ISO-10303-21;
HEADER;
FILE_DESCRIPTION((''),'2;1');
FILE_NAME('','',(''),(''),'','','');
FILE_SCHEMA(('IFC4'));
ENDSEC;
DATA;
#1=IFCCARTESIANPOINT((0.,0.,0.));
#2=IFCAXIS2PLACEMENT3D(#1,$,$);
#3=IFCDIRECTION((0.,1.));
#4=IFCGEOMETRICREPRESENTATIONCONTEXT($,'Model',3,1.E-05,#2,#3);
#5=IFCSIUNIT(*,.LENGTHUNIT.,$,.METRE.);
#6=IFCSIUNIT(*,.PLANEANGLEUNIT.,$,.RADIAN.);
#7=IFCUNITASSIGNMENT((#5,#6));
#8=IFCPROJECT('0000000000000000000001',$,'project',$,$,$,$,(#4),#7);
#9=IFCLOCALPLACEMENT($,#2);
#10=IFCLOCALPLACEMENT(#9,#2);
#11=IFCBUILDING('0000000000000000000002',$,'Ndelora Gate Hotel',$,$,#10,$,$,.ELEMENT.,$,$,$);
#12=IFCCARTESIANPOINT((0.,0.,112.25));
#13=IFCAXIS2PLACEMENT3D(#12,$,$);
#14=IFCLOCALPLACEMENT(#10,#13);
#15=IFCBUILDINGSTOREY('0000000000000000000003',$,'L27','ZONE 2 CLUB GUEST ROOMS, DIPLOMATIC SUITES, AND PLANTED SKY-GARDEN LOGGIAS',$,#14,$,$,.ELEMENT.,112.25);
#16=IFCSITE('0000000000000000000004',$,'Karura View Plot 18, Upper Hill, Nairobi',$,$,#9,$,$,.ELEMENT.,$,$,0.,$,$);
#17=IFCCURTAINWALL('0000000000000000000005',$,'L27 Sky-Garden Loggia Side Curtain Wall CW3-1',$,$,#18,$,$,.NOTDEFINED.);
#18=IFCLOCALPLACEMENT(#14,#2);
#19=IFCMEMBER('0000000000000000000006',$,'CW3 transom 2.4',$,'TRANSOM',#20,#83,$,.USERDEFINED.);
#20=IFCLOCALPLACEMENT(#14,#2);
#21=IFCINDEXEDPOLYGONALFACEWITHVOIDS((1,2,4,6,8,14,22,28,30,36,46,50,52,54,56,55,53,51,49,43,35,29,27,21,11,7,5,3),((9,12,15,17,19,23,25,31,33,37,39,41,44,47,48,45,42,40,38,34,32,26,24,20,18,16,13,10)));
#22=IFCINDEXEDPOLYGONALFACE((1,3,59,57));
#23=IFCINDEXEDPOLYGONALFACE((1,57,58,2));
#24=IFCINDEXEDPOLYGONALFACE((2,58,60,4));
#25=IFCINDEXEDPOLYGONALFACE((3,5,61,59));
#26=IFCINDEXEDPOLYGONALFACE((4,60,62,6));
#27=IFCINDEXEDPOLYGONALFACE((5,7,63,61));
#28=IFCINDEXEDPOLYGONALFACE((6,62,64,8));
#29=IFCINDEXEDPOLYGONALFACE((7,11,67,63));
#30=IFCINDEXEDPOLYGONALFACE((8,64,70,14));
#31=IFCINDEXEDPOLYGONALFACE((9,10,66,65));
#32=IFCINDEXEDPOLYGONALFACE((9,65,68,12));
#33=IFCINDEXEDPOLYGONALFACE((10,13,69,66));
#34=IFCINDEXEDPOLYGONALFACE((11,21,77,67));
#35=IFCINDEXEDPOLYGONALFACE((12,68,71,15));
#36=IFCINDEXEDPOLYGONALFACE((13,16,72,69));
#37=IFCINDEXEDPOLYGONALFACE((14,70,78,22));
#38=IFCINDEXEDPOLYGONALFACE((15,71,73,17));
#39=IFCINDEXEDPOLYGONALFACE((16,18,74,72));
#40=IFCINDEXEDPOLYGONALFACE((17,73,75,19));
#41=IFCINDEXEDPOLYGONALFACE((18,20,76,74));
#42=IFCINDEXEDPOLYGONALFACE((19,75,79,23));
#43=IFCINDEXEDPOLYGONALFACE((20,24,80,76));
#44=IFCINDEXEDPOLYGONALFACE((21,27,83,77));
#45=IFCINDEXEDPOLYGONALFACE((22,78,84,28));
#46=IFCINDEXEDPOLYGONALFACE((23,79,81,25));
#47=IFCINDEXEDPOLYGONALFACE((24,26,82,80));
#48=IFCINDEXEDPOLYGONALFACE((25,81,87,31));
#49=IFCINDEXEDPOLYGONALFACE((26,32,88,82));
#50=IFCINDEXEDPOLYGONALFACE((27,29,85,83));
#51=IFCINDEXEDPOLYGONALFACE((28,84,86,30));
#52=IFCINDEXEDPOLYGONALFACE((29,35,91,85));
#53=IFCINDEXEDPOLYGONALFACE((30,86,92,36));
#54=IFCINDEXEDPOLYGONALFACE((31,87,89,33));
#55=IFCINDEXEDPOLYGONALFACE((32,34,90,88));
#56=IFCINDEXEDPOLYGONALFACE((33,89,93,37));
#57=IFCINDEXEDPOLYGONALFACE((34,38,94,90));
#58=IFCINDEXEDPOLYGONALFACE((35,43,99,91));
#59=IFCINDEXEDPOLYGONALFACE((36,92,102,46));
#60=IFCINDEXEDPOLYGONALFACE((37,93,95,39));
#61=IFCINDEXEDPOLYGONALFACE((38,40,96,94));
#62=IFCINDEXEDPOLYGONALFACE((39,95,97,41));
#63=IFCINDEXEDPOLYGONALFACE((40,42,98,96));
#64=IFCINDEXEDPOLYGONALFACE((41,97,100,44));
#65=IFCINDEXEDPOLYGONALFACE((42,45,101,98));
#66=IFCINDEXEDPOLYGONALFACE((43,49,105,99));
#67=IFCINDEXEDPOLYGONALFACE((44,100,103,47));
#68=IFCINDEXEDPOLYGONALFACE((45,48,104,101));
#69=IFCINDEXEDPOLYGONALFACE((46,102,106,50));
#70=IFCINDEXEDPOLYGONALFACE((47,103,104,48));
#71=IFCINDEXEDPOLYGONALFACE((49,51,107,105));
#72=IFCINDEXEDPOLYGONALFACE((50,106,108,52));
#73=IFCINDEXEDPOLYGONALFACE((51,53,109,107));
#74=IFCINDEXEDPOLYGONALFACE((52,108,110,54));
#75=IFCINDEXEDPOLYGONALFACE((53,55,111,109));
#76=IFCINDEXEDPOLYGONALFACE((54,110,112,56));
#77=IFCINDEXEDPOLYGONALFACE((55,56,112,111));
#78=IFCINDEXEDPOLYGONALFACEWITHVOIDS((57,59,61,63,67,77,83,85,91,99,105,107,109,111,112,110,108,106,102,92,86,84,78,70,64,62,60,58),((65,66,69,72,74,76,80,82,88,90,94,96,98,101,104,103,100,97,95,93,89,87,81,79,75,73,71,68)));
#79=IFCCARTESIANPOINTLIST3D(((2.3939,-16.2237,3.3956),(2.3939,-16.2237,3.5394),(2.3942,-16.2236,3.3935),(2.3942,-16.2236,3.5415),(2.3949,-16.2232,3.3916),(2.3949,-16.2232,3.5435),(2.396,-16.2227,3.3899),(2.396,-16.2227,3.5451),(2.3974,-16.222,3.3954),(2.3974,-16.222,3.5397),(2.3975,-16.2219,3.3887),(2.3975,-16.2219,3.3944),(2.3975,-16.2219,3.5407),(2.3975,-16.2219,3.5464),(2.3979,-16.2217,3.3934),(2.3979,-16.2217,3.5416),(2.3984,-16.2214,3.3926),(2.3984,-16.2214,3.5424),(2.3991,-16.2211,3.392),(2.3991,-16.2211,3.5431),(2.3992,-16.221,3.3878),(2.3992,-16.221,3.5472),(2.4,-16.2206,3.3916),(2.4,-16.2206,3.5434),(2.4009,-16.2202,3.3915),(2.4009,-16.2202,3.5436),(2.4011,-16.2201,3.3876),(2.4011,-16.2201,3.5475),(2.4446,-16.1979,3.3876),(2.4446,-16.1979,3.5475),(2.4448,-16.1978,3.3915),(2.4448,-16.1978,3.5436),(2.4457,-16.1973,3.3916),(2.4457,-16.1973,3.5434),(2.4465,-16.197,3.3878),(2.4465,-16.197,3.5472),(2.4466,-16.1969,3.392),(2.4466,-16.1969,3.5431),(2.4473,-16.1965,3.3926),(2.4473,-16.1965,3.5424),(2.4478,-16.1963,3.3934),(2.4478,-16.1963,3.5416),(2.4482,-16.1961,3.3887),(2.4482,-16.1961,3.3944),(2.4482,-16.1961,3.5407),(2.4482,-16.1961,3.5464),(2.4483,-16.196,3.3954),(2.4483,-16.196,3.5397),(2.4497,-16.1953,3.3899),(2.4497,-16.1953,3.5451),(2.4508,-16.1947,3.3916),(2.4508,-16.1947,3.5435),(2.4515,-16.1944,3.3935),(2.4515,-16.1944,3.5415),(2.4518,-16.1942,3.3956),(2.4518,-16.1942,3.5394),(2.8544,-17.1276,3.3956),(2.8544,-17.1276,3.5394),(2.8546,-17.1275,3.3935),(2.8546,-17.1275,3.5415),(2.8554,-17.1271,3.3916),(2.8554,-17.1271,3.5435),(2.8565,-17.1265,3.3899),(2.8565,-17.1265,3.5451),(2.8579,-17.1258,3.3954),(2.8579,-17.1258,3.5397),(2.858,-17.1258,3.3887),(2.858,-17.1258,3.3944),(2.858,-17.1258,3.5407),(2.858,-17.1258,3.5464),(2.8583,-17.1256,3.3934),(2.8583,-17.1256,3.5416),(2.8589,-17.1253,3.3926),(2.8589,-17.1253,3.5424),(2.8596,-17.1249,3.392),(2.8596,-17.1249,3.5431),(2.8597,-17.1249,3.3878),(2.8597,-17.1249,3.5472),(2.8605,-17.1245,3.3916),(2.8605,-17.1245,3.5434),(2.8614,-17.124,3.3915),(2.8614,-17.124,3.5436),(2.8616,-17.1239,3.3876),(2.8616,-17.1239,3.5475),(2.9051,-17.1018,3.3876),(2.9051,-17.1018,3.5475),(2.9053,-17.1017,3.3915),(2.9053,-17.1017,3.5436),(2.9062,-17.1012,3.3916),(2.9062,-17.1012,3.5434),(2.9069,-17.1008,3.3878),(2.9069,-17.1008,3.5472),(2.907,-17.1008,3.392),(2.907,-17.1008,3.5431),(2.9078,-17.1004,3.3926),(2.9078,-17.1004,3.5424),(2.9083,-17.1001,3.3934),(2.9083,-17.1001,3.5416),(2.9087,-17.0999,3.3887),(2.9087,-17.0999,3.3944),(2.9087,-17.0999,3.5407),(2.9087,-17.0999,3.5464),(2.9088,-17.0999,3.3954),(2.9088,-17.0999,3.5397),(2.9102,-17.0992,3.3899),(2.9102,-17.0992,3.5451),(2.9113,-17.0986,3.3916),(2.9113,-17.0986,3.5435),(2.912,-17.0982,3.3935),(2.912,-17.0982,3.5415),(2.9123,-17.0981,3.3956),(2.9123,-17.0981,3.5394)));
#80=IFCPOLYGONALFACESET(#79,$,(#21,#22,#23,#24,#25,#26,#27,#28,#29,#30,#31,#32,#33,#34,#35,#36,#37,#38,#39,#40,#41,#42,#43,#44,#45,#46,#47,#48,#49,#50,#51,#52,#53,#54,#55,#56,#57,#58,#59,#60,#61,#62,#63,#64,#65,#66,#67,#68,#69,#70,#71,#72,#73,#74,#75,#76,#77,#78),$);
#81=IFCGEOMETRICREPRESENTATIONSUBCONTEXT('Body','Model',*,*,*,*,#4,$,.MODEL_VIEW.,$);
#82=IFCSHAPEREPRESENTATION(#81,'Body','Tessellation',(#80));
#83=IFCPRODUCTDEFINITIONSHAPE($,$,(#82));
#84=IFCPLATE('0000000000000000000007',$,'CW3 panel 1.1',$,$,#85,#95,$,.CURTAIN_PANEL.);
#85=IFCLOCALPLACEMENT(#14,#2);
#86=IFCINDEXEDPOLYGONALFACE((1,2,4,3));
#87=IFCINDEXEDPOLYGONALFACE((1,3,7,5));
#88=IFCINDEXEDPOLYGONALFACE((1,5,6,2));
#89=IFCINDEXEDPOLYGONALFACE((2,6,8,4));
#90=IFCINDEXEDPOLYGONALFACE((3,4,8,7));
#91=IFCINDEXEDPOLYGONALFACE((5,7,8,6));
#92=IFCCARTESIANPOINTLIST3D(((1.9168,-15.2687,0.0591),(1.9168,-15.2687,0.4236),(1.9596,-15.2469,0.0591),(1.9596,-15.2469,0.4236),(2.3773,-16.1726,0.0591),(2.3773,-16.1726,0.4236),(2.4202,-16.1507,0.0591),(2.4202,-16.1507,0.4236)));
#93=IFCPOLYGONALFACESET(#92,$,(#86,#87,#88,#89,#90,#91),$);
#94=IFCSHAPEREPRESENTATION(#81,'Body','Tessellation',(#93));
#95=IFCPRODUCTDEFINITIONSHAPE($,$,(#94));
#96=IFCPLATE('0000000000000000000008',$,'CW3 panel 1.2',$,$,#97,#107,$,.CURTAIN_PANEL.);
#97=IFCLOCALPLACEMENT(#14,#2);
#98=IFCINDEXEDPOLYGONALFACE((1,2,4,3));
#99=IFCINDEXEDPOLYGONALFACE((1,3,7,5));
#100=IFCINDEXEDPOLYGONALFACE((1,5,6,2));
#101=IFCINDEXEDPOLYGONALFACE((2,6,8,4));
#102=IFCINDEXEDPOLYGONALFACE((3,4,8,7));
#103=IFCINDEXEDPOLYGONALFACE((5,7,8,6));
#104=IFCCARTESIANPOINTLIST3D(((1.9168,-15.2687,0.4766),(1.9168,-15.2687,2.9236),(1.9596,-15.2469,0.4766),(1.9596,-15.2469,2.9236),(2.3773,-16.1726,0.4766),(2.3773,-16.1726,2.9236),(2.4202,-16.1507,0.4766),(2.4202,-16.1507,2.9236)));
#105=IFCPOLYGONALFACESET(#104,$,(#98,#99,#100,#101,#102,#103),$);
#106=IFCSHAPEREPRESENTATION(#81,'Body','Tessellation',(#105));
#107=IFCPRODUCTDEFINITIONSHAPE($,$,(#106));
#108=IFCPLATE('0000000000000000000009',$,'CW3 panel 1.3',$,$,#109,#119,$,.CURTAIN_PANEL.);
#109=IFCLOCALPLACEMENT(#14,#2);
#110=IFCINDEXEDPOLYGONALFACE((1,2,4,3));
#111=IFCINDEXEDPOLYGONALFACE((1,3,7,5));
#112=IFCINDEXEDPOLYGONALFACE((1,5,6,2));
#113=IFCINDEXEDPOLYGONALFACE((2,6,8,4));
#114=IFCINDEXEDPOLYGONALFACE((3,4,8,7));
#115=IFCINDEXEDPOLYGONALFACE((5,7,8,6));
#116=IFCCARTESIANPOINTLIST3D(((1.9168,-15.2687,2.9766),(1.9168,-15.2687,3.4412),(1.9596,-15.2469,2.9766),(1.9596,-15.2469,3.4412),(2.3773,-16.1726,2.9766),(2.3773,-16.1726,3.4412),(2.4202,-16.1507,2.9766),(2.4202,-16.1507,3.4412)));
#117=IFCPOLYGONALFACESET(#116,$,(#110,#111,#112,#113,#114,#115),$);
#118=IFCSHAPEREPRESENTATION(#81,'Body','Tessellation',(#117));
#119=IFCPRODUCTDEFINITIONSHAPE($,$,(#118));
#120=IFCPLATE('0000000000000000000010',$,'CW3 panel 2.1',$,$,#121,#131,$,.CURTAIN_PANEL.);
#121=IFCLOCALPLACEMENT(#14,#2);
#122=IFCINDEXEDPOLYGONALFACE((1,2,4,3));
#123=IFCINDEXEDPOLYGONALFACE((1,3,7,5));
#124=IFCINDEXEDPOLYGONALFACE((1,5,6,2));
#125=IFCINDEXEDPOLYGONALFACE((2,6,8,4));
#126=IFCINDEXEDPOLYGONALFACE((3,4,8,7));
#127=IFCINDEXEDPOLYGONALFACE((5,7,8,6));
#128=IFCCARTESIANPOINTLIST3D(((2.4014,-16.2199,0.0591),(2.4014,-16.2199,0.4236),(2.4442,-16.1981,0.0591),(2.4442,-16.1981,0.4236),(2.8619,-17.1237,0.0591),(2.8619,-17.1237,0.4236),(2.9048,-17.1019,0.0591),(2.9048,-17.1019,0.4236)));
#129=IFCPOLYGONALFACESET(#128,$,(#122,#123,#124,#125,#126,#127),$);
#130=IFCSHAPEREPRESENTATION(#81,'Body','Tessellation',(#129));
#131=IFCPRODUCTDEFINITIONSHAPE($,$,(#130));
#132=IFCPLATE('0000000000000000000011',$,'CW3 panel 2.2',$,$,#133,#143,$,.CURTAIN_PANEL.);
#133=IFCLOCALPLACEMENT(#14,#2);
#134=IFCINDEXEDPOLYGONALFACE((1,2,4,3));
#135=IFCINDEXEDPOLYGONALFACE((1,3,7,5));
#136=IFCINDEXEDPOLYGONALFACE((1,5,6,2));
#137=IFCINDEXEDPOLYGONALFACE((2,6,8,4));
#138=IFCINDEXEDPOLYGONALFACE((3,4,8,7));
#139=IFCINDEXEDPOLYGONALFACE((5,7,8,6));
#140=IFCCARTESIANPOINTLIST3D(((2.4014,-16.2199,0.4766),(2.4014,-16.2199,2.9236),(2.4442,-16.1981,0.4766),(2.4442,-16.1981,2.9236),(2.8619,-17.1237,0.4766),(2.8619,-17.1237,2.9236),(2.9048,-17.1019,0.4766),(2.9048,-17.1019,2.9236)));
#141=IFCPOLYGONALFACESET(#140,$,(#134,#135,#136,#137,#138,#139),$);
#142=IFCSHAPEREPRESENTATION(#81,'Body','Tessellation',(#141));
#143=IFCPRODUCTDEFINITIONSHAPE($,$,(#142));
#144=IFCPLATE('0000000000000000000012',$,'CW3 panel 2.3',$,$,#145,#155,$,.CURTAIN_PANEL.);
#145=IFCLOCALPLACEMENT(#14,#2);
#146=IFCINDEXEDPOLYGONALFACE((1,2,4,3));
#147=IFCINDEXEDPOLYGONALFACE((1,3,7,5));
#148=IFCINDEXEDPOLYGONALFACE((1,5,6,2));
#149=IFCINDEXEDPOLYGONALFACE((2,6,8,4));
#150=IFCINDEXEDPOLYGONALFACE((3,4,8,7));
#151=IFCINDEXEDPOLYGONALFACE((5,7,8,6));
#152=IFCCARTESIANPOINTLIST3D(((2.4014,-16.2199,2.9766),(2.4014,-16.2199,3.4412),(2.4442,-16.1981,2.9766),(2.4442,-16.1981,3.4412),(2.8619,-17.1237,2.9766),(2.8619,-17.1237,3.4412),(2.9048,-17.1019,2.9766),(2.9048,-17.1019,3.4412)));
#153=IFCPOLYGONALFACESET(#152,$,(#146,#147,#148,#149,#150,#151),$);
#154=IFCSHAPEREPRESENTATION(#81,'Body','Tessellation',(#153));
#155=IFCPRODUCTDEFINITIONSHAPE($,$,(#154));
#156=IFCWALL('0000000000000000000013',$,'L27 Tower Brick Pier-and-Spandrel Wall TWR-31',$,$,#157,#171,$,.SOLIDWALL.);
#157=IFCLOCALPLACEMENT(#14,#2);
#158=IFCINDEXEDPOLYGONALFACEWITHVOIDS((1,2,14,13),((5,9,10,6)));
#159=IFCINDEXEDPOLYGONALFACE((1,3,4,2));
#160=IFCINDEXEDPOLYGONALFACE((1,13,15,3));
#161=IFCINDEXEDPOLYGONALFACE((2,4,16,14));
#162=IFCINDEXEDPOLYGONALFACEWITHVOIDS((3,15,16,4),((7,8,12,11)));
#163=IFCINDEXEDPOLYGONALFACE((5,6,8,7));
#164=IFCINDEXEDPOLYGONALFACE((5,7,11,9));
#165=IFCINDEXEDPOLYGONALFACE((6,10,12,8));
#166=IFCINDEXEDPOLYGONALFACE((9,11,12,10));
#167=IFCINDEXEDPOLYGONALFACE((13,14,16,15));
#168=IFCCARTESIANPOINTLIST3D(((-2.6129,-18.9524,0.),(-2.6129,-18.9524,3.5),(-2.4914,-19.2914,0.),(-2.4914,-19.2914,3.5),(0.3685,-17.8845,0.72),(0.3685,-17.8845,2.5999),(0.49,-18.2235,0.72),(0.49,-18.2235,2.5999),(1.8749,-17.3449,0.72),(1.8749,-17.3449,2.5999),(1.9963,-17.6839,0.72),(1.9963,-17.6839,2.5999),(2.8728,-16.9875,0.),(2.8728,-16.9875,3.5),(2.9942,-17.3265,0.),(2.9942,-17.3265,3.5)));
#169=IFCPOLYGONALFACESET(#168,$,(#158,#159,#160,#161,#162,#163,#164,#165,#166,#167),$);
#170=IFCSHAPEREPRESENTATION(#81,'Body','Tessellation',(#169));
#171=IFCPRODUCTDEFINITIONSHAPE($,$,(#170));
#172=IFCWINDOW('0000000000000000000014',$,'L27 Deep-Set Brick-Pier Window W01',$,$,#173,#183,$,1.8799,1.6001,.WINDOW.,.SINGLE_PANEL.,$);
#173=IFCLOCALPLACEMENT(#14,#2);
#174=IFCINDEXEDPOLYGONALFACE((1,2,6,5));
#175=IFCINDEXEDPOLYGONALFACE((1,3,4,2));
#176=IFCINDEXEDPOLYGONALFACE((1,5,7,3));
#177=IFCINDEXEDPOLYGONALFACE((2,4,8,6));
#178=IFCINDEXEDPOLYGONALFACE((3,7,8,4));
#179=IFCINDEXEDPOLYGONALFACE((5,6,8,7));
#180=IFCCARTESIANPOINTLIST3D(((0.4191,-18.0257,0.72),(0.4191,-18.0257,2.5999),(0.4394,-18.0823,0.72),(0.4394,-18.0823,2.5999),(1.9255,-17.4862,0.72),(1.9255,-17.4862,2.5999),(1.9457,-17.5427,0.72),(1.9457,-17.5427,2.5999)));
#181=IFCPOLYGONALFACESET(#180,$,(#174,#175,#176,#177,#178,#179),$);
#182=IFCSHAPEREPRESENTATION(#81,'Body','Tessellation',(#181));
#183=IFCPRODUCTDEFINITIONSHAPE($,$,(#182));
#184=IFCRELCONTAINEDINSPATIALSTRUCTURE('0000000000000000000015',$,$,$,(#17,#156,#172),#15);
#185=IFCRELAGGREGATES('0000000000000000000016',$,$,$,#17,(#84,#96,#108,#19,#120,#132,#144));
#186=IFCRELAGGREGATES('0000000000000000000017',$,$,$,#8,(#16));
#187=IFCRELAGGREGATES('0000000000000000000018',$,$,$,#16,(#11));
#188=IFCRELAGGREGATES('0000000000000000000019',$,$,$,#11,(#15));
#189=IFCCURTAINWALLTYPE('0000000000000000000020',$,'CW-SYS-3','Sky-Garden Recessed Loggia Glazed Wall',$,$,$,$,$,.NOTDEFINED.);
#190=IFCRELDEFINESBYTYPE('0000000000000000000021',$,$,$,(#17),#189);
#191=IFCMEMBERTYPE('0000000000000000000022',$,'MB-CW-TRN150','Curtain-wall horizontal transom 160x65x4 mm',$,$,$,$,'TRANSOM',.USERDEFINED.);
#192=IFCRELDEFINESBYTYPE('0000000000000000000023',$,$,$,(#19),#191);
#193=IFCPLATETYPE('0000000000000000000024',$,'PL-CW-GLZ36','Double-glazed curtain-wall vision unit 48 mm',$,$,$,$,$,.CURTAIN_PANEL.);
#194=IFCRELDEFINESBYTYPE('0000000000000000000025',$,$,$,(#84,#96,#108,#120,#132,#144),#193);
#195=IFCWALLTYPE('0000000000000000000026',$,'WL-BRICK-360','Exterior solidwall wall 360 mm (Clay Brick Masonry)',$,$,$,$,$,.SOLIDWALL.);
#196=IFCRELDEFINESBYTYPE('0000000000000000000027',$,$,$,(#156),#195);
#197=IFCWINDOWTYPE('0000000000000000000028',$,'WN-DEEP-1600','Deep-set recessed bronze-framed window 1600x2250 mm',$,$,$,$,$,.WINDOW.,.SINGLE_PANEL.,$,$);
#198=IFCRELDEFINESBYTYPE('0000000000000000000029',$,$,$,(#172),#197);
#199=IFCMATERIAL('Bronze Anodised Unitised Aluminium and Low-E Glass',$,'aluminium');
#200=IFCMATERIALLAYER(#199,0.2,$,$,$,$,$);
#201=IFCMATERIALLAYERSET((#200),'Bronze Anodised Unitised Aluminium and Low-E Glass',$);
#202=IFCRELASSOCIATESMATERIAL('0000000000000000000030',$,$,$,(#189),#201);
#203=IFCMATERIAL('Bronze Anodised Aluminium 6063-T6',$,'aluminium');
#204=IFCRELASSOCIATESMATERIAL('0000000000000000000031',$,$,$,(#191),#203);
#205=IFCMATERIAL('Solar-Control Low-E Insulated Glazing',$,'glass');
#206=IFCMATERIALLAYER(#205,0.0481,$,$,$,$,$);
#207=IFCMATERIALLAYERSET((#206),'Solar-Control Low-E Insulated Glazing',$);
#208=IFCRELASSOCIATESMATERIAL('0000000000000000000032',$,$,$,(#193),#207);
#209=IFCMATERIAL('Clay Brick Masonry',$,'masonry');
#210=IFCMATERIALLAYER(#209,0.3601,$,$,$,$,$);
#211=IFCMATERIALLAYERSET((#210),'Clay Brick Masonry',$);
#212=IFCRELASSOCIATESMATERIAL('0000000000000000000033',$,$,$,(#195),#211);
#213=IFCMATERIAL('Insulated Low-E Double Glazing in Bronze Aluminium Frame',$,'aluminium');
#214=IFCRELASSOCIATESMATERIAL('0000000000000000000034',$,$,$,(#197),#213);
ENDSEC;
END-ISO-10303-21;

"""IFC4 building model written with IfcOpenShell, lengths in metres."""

from ifc_helpers import new_model, si_unit, direction, frame, frame_2d, origin, origin_2d, place, context, subcontext, project, spatial, rectangle, hollow_rectangle, extrude, material, layer, layer_set, material_profile, profile_set, type_object, element, fill, aggregate, save


model = new_model("IFC4")

# Units and contexts
model_context = context("Model", 3, precision=1e-05, world=origin(), true_north=direction((0.0, 1.0)))
body_context = subcontext(model_context, "Body", "Model", "MODEL_VIEW")
ifc_project = project(units=[si_unit("LENGTHUNIT", "METRE"), si_unit("PLANEANGLEUNIT", "RADIAN")], contexts=[model_context])

# Site, building, storey
site_placement = place(None, origin())
site = spatial("IfcSite", under=ifc_project, at=site_placement, Name="Karura View Plot 18, Upper Hill, Nairobi", CompositionType="ELEMENT", RefElevation=0.0)
building_placement = place(site_placement, origin())
building = spatial("IfcBuilding", under=site, at=building_placement, Name="Ndelora Gate Hotel", CompositionType="ELEMENT")
storey_placement = place(building_placement, frame((0.0, 0.0, 112.25)))
storey = spatial("IfcBuildingStorey", under=building, at=storey_placement, Name="L27", Description="ZONE 2 CLUB GUEST ROOMS, DIPLOMATIC SUITES, AND PLANTED SKY-GARDEN LOGGIAS", CompositionType="ELEMENT", Elevation=112.25)

# Curtain wall, member, plates
ifc_material_1 = material(Name="Bronze Anodised Unitised Aluminium and Low-E Glass", Category="aluminium")
ifc_layer_1 = layer(ifc_material_1, 0.2)
ifc_layer_set_1 = layer_set([ifc_layer_1], Name="Bronze Anodised Unitised Aluminium and Low-E Glass")
curtain_wall_type = type_object("IfcCurtainWallType", Name="CW-SYS-3", Description="Sky-Garden Recessed Loggia Glazed Wall", PredefinedType="NOTDEFINED", material=ifc_layer_set_1)
curtain_wall_placement = place(storey_placement, origin())
curtain_wall = element("IfcCurtainWall", 1, at=curtain_wall_placement, inside=storey, type_object=curtain_wall_type, Name="L27 Sky-Garden Loggia Side Curtain Wall CW3-1", PredefinedType="NOTDEFINED")
ifc_material_2 = material(Name="Bronze Anodised Aluminium 6063-T6", Category="aluminium")
ifc_material_profile_1 = material_profile(ifc_material_2, hollow_rectangle(XDim=0.0649, YDim=0.1599, WallThickness=0.0039, InnerFilletRadius=0.0039, OuterFilletRadius=0.0081, at=origin_2d()), Name="ALU 160x65x4")
ifc_profile_set_1 = profile_set([ifc_material_profile_1], Name="Bronze Anodised Aluminium 6063-T6")
member_type_1 = type_object("IfcMemberType", Name="MB-CW-TRN150", Description="Curtain-wall horizontal transom 160x65x4 mm", ElementType="TRANSOM", PredefinedType="USERDEFINED", material=ifc_profile_set_1)
member_1_placement = place(storey_placement, frame((2.4229, -16.209, 3.4675), z_axis=(0.45394, -0.891032, 0.0), x_axis=(0.891032, 0.45394, 0.0)))
member_1 = element("IfcMember", 2, at=member_1_placement, type_object=member_type_1, Name="CW3 transom 2.4", ObjectType="TRANSOM", PredefinedType="USERDEFINED", context=body_context, shape_type="SweptSolid", body=[
    extrude(hollow_rectangle(XDim=0.0649, YDim=0.1599, WallThickness=0.0039, InnerFilletRadius=0.0039, OuterFilletRadius=0.0081, at=origin_2d()), origin(), (0.0, 0.0, 1.0), 1.0144),
])
ifc_material_3 = material(Name="Solar-Control Low-E Insulated Glazing", Category="glass")
ifc_layer_2 = layer(ifc_material_3, 0.0481)
ifc_layer_set_2 = layer_set([ifc_layer_2], Name="Solar-Control Low-E Insulated Glazing")
plate_type = type_object("IfcPlateType", Name="PL-CW-GLZ36", Description="Double-glazed curtain-wall vision unit 48 mm", PredefinedType="CURTAIN_PANEL", material=ifc_layer_set_2)
plate_1_placement = place(storey_placement, frame((2.1685, -15.7097, 0.0591), z_axis=(0.0, 0.0, 1.0), x_axis=(0.454001, -0.891001, 0.0)))
plate_1 = element("IfcPlate", 3, at=plate_1_placement, type_object=plate_type, Name="CW3 panel 1.1", PredefinedType="CURTAIN_PANEL", context=body_context, shape_type="SweptSolid", body=[
    extrude(rectangle(XDim=1.0144, YDim=0.0481, at=origin_2d()), origin(), (0.0, 0.0, 1.0), 0.3645),
])
plate_2_placement = place(storey_placement, frame((2.1685, -15.7097, 0.4766), z_axis=(0.0, 0.0, 1.0), x_axis=(0.454001, -0.891001, 0.0)))
plate_2 = element("IfcPlate", 4, at=plate_2_placement, type_object=plate_type, Name="CW3 panel 1.2", PredefinedType="CURTAIN_PANEL", context=body_context, shape_type="SweptSolid", body=[
    extrude(rectangle(XDim=1.0144, YDim=0.0481, at=origin_2d()), origin(), (0.0, 0.0, 1.0), 2.447),
])
plate_3_placement = place(storey_placement, frame((2.1685, -15.7097, 2.9766), z_axis=(0.0, 0.0, 1.0), x_axis=(0.454001, -0.891001, 0.0)))
plate_3 = element("IfcPlate", 5, at=plate_3_placement, type_object=plate_type, Name="CW3 panel 1.3", PredefinedType="CURTAIN_PANEL", context=body_context, shape_type="SweptSolid", body=[
    extrude(rectangle(XDim=1.0144, YDim=0.0481, at=origin_2d()), origin(), (0.0, 0.0, 1.0), 0.4646),
])
plate_4_placement = place(storey_placement, frame((2.6531, -16.6609, 0.0591), z_axis=(0.0, 0.0, 1.0), x_axis=(0.454001, -0.891001, 0.0)))
plate_4 = element("IfcPlate", 6, at=plate_4_placement, type_object=plate_type, Name="CW3 panel 2.1", PredefinedType="CURTAIN_PANEL", context=body_context, shape_type="SweptSolid", body=[
    extrude(rectangle(XDim=1.0144, YDim=0.0481, at=origin_2d()), origin(), (0.0, 0.0, 1.0), 0.3645),
])
plate_5_placement = place(storey_placement, frame((2.6531, -16.6609, 0.4766), z_axis=(0.0, 0.0, 1.0), x_axis=(0.454001, -0.891001, 0.0)))
plate_5 = element("IfcPlate", 7, at=plate_5_placement, type_object=plate_type, Name="CW3 panel 2.2", PredefinedType="CURTAIN_PANEL", context=body_context, shape_type="SweptSolid", body=[
    extrude(rectangle(XDim=1.0144, YDim=0.0481, at=origin_2d()), origin(), (0.0, 0.0, 1.0), 2.447),
])
plate_6_placement = place(storey_placement, frame((2.6531, -16.6609, 2.9766), z_axis=(0.0, 0.0, 1.0), x_axis=(0.454001, -0.891001, 0.0)))
plate_6 = element("IfcPlate", 8, at=plate_6_placement, type_object=plate_type, Name="CW3 panel 2.3", PredefinedType="CURTAIN_PANEL", context=body_context, shape_type="SweptSolid", body=[
    extrude(rectangle(XDim=1.0144, YDim=0.0481, at=origin_2d()), origin(), (0.0, 0.0, 1.0), 0.4646),
])
aggregate(curtain_wall, [plate_1, plate_2, plate_3, member_1, plate_4, plate_5, plate_6])

# Wall, opening, window
ifc_material_4 = material(Name="Clay Brick Masonry", Category="masonry")
ifc_layer_3 = layer(ifc_material_4, 0.3601)
ifc_layer_set_3 = layer_set([ifc_layer_3], Name="Clay Brick Masonry")
wall_type = type_object("IfcWallType", Name="WL-BRICK-360", Description="Exterior solidwall wall 360 mm (Clay Brick Masonry)", PredefinedType="SOLIDWALL", material=ifc_layer_set_3)
wall_placement = place(storey_placement, frame((2.9336, -17.157, 0.0), z_axis=(0.0, 0.0, 1.0), x_axis=(-0.941432, -0.337204, 0.0)))
wall = element("IfcWall", 9, at=wall_placement, inside=storey, type_object=wall_type, Name="L27 Tower Brick Pier-and-Spandrel Wall TWR-31", PredefinedType="SOLIDWALL", context=body_context, shape_type="SweptSolid", body=[
    extrude(rectangle(XDim=5.8269, YDim=0.3601, at=frame_2d((2.9136, 0.0))), origin(), (0.0, 0.0, 1.0), 3.5),
])
opening_placement = place(wall_placement, frame((1.0601, 0.0, 0.72)))
opening = element("IfcOpeningElement", 10, at=opening_placement, cuts=wall, PredefinedType="OPENING", context=body_context, shape_type="SweptSolid", body=[
    extrude(rectangle(XDim=1.6001, YDim=1.8799, at=frame_2d((0.8, 0.9399))), frame((0.0, 0.1899, 0.0), z_axis=(0.0, -1.0, 0.0), x_axis=(1.0, 0.0, 0.0)), (0.0, 0.0, 1.0), 0.3801),
])
ifc_material_5 = material(Name="Insulated Low-E Double Glazing in Bronze Aluminium Frame", Category="aluminium")
window_type = type_object("IfcWindowType", Name="WN-DEEP-1600", Description="Deep-set recessed bronze-framed window 1600x2250 mm", PartitioningType="SINGLE_PANEL", PredefinedType="WINDOW", material=ifc_material_5)
window_placement = place(opening_placement, origin())
window = element("IfcWindow", 11, at=window_placement, inside=storey, type_object=window_type, Name="L27 Deep-Set Brick-Pier Window W01", OverallHeight=1.8799, OverallWidth=1.6001, PartitioningType="SINGLE_PANEL", PredefinedType="WINDOW", context=body_context, shape_type="SweptSolid", body=[
    extrude(rectangle(XDim=1.6001, YDim=1.8799, at=frame_2d((0.8, 0.9399))), frame((0.0, 0.03, 0.0), z_axis=(0.0, -1.0, 0.0), x_axis=(1.0, 0.0, 0.0)), (0.0, 0.0, 1.0), 0.0601),
])
fill(opening, window)

save(model, "model.ifc")
